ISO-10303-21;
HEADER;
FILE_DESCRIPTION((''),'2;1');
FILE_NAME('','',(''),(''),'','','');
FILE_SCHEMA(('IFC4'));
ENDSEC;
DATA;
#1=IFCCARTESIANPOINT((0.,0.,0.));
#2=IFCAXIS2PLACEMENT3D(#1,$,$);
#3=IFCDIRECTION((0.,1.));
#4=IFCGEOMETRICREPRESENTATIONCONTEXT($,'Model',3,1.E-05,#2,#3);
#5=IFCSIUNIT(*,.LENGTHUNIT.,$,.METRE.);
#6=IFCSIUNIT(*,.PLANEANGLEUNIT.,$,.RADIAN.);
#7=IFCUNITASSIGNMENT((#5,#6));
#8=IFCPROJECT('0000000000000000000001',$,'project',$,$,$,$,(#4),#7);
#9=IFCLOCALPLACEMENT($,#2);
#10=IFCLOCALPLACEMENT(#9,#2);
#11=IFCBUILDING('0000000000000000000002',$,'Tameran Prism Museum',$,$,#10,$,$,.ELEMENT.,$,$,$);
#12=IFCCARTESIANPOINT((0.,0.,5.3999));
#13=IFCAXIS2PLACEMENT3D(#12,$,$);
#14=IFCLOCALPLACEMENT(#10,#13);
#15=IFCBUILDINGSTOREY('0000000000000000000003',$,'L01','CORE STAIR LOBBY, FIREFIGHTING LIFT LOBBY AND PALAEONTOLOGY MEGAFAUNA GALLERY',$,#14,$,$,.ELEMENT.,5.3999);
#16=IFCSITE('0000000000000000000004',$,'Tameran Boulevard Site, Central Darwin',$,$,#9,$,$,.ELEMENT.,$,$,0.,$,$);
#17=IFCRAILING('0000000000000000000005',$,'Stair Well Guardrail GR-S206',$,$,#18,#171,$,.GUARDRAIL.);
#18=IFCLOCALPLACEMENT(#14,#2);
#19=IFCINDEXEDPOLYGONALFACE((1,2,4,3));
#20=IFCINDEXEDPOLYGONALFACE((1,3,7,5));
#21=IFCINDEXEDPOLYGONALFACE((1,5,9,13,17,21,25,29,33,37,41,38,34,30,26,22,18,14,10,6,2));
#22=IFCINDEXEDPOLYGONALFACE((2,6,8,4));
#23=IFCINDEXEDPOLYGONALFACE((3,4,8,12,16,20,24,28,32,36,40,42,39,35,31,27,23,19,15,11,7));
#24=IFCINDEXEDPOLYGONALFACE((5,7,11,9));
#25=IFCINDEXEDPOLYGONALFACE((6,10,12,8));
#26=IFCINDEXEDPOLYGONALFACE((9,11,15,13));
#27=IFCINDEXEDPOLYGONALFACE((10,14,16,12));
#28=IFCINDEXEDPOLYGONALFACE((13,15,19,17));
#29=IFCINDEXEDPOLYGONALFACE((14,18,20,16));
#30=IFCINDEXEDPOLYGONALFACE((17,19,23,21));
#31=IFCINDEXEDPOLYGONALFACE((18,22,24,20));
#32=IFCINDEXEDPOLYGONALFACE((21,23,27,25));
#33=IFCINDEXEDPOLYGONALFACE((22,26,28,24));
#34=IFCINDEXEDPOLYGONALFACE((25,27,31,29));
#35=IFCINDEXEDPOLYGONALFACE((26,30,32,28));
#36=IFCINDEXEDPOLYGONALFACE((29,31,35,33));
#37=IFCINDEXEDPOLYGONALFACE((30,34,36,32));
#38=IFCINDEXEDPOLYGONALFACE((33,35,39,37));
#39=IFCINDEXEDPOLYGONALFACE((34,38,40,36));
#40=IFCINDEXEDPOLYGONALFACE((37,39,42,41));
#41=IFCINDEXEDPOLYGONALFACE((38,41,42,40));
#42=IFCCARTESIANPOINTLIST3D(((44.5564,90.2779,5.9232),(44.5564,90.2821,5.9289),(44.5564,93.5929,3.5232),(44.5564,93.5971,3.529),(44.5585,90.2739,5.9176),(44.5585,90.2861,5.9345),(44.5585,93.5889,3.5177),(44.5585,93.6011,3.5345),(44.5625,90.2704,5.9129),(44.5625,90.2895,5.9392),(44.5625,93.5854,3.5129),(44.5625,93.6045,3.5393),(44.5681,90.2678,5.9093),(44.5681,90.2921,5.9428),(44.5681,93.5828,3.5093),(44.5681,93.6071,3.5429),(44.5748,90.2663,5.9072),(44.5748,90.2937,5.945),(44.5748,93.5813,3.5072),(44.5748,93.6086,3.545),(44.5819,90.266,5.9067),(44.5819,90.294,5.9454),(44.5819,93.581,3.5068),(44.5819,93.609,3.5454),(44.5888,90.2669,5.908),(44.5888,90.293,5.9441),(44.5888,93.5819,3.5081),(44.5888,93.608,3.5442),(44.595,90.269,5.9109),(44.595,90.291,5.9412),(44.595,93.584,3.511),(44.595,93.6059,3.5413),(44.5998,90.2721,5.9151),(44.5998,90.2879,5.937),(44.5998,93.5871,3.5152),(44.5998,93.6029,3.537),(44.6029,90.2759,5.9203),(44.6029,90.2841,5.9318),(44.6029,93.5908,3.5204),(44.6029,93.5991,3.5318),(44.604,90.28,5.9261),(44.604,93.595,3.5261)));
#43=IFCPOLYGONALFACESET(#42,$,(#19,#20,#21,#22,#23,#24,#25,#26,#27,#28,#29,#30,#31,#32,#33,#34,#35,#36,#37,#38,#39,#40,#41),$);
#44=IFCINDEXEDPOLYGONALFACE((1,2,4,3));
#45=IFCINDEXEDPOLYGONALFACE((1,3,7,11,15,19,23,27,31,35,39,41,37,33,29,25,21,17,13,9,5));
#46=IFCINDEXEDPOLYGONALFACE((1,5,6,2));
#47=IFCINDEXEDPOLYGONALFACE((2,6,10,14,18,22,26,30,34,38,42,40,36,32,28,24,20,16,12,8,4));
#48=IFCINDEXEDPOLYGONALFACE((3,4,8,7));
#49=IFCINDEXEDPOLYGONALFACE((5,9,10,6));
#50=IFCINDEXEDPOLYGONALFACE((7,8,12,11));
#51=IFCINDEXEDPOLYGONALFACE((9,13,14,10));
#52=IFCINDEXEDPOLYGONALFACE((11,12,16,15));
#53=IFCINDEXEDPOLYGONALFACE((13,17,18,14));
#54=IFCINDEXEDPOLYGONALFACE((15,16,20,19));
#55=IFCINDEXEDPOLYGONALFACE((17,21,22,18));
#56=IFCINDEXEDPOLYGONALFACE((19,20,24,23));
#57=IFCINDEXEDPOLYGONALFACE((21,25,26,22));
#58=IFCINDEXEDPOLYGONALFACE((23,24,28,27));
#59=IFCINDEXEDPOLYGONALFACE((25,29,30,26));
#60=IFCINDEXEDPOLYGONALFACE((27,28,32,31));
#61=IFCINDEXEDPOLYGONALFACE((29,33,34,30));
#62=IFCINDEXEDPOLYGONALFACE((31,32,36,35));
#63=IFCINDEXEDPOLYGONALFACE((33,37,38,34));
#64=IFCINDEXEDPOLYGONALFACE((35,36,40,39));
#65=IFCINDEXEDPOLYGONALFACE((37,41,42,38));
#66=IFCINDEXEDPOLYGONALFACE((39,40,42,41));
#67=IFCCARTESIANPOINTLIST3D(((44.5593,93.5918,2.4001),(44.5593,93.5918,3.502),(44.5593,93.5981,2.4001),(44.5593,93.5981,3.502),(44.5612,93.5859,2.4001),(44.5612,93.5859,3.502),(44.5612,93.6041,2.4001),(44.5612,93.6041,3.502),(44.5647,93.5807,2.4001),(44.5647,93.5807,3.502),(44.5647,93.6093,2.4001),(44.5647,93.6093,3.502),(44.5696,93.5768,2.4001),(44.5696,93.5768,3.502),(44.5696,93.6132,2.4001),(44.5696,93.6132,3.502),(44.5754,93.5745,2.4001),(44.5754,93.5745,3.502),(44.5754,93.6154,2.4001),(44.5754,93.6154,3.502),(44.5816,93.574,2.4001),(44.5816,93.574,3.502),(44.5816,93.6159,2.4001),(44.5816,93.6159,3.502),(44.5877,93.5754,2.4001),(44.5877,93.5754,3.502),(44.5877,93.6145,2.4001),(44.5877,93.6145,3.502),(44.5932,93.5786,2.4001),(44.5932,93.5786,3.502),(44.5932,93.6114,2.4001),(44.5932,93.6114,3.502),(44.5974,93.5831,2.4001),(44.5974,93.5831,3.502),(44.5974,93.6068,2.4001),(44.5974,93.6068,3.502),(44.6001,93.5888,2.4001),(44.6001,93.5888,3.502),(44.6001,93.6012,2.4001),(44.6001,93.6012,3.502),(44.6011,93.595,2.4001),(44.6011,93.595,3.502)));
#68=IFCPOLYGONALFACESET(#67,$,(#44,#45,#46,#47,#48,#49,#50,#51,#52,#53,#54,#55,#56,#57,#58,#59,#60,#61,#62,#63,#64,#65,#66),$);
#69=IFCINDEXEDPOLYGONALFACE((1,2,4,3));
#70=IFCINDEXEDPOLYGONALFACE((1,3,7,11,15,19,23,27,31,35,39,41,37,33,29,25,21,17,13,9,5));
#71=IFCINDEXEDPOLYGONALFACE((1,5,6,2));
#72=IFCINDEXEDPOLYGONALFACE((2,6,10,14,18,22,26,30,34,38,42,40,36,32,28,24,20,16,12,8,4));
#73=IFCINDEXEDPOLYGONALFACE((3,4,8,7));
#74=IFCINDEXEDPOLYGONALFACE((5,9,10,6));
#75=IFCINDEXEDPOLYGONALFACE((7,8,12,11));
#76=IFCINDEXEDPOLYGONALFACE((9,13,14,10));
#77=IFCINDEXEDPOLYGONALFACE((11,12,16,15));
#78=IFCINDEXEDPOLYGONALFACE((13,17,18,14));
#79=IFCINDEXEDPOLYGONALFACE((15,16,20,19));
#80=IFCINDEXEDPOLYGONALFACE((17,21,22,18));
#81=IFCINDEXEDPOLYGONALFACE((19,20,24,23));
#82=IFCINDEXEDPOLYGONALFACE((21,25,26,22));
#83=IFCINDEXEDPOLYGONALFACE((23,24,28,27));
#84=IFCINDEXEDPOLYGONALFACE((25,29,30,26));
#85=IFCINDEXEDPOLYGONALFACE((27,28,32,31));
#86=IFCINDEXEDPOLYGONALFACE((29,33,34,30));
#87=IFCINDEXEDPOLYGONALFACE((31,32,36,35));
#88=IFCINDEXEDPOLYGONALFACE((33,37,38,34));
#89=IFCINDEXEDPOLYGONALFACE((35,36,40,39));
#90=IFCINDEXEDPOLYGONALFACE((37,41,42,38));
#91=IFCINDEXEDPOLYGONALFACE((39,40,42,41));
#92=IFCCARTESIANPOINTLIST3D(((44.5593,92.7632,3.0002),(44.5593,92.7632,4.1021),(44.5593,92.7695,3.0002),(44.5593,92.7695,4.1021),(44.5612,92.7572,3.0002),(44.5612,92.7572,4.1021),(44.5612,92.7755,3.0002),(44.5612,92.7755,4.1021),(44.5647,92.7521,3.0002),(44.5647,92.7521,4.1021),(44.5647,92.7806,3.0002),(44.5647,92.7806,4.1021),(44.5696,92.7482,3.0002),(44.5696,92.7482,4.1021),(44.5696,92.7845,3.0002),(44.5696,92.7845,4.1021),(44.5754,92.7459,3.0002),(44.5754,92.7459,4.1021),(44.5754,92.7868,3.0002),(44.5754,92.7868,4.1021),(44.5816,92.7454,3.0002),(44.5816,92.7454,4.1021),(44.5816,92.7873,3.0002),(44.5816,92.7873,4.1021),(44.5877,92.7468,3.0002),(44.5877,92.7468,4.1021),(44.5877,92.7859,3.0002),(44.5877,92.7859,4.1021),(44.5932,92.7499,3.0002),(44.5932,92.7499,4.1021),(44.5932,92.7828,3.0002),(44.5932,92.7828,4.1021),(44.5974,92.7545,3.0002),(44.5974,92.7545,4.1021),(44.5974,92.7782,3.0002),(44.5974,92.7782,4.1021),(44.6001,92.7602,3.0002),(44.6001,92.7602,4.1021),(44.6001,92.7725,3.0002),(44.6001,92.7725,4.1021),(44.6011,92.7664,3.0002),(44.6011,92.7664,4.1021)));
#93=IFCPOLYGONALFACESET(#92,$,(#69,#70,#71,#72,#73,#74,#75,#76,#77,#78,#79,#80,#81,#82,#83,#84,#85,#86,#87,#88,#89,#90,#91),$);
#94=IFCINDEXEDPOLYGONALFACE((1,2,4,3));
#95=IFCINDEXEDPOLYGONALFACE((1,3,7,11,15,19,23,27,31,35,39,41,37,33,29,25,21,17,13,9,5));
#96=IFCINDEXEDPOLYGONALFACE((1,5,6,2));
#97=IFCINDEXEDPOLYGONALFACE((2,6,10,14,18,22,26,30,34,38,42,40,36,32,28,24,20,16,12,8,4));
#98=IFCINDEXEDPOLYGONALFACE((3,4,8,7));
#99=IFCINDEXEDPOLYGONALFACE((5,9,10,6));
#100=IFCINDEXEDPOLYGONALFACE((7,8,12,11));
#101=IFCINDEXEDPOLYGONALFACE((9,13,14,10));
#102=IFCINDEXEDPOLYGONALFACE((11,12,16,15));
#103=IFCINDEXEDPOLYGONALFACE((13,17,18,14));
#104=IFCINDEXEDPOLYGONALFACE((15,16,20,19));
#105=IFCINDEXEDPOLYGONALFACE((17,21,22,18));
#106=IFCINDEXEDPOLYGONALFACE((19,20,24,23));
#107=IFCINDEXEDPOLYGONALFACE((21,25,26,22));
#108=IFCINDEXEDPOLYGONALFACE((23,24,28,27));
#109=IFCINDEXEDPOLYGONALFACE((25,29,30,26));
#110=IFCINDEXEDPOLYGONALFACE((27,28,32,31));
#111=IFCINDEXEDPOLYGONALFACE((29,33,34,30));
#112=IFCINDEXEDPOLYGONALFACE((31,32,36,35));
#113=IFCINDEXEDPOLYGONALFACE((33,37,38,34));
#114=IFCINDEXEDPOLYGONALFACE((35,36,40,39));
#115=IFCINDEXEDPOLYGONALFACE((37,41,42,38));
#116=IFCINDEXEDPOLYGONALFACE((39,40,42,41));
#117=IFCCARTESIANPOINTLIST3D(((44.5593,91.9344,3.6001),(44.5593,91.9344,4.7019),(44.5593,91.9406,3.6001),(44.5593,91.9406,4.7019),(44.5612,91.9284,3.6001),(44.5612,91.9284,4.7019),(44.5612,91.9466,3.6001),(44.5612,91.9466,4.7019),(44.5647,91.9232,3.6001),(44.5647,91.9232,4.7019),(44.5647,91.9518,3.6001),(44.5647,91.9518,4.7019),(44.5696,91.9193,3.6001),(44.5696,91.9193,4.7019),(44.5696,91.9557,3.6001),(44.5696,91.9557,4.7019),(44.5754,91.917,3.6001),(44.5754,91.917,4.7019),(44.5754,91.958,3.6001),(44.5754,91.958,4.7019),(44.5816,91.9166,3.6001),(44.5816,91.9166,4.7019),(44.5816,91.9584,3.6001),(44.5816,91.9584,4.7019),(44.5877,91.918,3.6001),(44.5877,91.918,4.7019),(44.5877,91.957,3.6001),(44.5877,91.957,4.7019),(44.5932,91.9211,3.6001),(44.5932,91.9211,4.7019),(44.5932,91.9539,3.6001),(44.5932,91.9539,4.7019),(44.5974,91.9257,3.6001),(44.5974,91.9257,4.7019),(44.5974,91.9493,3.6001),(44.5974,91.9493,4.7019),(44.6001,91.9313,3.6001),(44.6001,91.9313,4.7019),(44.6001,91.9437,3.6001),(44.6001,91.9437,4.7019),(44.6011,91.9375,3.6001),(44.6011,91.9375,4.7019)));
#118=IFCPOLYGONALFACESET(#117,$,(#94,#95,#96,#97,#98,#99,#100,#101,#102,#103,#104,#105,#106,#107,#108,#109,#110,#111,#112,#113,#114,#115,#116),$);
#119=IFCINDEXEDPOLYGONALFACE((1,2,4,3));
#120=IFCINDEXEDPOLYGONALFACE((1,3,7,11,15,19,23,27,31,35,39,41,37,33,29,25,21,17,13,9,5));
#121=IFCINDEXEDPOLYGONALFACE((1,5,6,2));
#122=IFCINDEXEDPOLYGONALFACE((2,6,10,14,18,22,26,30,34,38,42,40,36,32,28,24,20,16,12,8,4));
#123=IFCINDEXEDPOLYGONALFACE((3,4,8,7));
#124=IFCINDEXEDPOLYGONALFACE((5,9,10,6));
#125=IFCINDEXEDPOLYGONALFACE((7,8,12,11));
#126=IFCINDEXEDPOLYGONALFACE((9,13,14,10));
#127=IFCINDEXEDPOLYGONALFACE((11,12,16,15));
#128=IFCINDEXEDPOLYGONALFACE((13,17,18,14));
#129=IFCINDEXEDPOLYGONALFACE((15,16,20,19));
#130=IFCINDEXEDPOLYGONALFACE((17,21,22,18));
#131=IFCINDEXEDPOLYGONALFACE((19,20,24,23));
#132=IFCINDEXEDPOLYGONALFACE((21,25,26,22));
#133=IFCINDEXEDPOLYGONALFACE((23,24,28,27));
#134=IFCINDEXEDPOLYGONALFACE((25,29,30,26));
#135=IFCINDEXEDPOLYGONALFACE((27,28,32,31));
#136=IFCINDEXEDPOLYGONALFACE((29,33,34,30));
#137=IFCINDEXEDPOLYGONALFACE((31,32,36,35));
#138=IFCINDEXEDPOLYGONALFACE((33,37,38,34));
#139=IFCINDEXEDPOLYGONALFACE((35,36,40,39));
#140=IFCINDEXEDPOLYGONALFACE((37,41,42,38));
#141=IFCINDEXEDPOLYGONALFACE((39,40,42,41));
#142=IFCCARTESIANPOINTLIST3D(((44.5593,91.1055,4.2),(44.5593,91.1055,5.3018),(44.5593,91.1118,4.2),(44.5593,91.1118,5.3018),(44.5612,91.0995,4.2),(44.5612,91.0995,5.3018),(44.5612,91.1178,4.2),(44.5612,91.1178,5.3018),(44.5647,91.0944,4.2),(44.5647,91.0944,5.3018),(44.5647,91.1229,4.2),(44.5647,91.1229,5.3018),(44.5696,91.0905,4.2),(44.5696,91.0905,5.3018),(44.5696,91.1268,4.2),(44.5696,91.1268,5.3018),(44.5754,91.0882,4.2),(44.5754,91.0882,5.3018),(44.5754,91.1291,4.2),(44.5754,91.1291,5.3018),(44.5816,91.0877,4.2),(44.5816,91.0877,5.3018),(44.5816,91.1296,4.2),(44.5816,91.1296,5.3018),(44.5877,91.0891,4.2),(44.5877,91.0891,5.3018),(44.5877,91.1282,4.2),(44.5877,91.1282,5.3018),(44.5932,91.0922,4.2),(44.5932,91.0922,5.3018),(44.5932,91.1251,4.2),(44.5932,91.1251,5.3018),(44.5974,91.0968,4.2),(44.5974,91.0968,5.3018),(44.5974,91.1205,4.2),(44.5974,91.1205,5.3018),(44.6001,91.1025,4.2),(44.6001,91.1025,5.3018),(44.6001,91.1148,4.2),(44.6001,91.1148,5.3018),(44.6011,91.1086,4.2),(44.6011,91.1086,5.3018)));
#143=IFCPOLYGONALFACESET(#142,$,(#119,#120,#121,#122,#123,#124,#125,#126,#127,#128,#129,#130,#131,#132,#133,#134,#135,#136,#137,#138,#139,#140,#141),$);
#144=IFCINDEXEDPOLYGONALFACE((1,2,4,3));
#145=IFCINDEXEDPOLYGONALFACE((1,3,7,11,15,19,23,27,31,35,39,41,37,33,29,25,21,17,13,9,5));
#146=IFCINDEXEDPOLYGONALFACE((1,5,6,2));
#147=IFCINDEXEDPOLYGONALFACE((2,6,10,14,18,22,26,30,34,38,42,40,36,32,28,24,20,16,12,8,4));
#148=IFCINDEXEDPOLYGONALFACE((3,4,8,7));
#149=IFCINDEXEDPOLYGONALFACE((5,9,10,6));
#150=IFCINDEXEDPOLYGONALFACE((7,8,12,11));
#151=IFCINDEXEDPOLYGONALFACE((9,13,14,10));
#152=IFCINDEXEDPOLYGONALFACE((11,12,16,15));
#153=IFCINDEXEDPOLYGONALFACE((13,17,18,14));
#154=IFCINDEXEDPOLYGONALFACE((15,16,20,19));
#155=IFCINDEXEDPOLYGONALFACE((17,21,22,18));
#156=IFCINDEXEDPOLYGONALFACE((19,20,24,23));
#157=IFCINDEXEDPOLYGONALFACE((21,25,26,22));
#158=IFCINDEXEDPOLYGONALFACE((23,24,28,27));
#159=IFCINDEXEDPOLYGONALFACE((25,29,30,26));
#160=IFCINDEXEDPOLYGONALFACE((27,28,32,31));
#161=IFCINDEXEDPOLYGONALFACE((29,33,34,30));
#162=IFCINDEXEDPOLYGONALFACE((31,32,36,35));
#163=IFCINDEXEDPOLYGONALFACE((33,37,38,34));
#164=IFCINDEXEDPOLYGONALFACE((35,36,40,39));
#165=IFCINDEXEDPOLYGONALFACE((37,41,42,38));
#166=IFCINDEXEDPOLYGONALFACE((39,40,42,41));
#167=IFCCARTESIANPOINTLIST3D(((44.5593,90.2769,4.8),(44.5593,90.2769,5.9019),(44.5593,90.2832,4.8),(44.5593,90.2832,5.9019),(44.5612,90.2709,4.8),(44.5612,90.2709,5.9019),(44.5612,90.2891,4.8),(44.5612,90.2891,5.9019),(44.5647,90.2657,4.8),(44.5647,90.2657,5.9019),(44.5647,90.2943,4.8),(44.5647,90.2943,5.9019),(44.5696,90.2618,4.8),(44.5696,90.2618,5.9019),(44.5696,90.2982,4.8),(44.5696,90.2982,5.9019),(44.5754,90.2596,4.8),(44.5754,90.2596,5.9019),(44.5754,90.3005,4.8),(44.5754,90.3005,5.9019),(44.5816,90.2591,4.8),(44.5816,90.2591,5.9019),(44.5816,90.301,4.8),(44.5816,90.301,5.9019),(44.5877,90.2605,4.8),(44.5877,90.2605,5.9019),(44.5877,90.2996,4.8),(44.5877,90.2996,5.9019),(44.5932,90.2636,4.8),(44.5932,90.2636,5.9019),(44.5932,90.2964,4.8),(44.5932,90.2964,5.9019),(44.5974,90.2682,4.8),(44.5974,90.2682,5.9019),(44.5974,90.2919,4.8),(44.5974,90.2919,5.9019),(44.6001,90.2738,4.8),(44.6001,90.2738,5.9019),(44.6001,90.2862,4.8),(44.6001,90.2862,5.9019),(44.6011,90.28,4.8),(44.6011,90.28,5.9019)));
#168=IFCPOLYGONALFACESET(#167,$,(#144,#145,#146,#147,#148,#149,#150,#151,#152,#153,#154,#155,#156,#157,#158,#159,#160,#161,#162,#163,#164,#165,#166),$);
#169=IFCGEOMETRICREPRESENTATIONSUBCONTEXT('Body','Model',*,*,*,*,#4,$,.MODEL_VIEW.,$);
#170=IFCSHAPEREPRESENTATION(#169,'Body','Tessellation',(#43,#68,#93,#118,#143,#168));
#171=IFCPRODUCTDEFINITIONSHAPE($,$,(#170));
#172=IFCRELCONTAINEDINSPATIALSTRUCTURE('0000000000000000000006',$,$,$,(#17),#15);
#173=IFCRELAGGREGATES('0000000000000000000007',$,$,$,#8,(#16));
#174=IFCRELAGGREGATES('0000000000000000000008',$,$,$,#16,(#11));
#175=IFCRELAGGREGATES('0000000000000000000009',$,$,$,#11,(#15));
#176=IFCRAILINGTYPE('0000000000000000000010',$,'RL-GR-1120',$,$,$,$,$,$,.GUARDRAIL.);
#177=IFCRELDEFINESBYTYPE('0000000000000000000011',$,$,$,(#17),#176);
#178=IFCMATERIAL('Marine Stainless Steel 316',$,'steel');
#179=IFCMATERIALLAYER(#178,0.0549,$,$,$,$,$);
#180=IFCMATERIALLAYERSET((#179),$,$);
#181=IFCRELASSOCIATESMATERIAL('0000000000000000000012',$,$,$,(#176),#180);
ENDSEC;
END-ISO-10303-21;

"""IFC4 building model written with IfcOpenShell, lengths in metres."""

from ifc_helpers import new_model, si_unit, direction, frame, origin, origin_2d, place, context, subcontext, project, spatial, circle, extrude, material, layer, layer_set, type_object, element, save


model = new_model("IFC4")

# Units and contexts
model_context = context("Model", 3, precision=1e-05, world=origin(), true_north=direction((0.0, 1.0)))
body_context = subcontext(model_context, "Body", "Model", "MODEL_VIEW")
ifc_project = project(units=[si_unit("LENGTHUNIT", "METRE"), si_unit("PLANEANGLEUNIT", "RADIAN")], contexts=[model_context])

# Site, building, storey
site_placement = place(None, origin())
site = spatial("IfcSite", under=ifc_project, at=site_placement, Name="Tameran Boulevard Site, Central Darwin", CompositionType="ELEMENT", RefElevation=0.0)
building_placement = place(site_placement, origin())
building = spatial("IfcBuilding", under=site, at=building_placement, Name="Tameran Prism Museum", CompositionType="ELEMENT")
storey_placement = place(building_placement, frame((0.0, 0.0, 5.3999)))
storey = spatial("IfcBuildingStorey", under=building, at=storey_placement, Name="L01", Description="CORE STAIR LOBBY, FIREFIGHTING LIFT LOBBY AND PALAEONTOLOGY MEGAFAUNA GALLERY", CompositionType="ELEMENT", Elevation=5.3999)

# Railing
ifc_material_1 = material(Name="Marine Stainless Steel 316", Category="steel")
ifc_layer_1 = layer(ifc_material_1, 0.0549)
ifc_layer_set_1 = layer_set([ifc_layer_1])
railing_type_1 = type_object("IfcRailingType", Name="RL-GR-1120", PredefinedType="GUARDRAIL", material=ifc_layer_set_1)
railing_1_placement = place(storey_placement, frame((44.5801, 93.595, 2.4001)))
element("IfcRailing", 1, at=railing_1_placement, inside=storey, type_object=railing_type_1, Name="Stair Well Guardrail GR-S206", PredefinedType="GUARDRAIL", context=body_context, shape_type="SweptSolid", body=[
    extrude(circle(Radius=0.0239, at=origin_2d()), frame((0.0, 0.0, 1.126), z_axis=(0.0, -0.810009, 0.586418), x_axis=(1.0, 0.0, 0.0)), (0.0, 0.0, 1.0), 4.0925),
    extrude(circle(Radius=0.021, at=origin_2d()), origin(), (0.0, 0.0, 1.0), 1.1018),
    extrude(circle(Radius=0.021, at=origin_2d()), frame((0.0, -0.8286, 0.6001)), (0.0, 0.0, 1.0), 1.1018),
    extrude(circle(Radius=0.021, at=origin_2d()), frame((0.0, -1.6575, 1.2)), (0.0, 0.0, 1.0), 1.1018),
    extrude(circle(Radius=0.021, at=origin_2d()), frame((0.0, -2.4863, 1.7998)), (0.0, 0.0, 1.0), 1.1018),
    extrude(circle(Radius=0.021, at=origin_2d()), frame((0.0, -3.3149, 2.3999)), (0.0, 0.0, 1.0), 1.1018),
])

save(model, "model.ifc")
